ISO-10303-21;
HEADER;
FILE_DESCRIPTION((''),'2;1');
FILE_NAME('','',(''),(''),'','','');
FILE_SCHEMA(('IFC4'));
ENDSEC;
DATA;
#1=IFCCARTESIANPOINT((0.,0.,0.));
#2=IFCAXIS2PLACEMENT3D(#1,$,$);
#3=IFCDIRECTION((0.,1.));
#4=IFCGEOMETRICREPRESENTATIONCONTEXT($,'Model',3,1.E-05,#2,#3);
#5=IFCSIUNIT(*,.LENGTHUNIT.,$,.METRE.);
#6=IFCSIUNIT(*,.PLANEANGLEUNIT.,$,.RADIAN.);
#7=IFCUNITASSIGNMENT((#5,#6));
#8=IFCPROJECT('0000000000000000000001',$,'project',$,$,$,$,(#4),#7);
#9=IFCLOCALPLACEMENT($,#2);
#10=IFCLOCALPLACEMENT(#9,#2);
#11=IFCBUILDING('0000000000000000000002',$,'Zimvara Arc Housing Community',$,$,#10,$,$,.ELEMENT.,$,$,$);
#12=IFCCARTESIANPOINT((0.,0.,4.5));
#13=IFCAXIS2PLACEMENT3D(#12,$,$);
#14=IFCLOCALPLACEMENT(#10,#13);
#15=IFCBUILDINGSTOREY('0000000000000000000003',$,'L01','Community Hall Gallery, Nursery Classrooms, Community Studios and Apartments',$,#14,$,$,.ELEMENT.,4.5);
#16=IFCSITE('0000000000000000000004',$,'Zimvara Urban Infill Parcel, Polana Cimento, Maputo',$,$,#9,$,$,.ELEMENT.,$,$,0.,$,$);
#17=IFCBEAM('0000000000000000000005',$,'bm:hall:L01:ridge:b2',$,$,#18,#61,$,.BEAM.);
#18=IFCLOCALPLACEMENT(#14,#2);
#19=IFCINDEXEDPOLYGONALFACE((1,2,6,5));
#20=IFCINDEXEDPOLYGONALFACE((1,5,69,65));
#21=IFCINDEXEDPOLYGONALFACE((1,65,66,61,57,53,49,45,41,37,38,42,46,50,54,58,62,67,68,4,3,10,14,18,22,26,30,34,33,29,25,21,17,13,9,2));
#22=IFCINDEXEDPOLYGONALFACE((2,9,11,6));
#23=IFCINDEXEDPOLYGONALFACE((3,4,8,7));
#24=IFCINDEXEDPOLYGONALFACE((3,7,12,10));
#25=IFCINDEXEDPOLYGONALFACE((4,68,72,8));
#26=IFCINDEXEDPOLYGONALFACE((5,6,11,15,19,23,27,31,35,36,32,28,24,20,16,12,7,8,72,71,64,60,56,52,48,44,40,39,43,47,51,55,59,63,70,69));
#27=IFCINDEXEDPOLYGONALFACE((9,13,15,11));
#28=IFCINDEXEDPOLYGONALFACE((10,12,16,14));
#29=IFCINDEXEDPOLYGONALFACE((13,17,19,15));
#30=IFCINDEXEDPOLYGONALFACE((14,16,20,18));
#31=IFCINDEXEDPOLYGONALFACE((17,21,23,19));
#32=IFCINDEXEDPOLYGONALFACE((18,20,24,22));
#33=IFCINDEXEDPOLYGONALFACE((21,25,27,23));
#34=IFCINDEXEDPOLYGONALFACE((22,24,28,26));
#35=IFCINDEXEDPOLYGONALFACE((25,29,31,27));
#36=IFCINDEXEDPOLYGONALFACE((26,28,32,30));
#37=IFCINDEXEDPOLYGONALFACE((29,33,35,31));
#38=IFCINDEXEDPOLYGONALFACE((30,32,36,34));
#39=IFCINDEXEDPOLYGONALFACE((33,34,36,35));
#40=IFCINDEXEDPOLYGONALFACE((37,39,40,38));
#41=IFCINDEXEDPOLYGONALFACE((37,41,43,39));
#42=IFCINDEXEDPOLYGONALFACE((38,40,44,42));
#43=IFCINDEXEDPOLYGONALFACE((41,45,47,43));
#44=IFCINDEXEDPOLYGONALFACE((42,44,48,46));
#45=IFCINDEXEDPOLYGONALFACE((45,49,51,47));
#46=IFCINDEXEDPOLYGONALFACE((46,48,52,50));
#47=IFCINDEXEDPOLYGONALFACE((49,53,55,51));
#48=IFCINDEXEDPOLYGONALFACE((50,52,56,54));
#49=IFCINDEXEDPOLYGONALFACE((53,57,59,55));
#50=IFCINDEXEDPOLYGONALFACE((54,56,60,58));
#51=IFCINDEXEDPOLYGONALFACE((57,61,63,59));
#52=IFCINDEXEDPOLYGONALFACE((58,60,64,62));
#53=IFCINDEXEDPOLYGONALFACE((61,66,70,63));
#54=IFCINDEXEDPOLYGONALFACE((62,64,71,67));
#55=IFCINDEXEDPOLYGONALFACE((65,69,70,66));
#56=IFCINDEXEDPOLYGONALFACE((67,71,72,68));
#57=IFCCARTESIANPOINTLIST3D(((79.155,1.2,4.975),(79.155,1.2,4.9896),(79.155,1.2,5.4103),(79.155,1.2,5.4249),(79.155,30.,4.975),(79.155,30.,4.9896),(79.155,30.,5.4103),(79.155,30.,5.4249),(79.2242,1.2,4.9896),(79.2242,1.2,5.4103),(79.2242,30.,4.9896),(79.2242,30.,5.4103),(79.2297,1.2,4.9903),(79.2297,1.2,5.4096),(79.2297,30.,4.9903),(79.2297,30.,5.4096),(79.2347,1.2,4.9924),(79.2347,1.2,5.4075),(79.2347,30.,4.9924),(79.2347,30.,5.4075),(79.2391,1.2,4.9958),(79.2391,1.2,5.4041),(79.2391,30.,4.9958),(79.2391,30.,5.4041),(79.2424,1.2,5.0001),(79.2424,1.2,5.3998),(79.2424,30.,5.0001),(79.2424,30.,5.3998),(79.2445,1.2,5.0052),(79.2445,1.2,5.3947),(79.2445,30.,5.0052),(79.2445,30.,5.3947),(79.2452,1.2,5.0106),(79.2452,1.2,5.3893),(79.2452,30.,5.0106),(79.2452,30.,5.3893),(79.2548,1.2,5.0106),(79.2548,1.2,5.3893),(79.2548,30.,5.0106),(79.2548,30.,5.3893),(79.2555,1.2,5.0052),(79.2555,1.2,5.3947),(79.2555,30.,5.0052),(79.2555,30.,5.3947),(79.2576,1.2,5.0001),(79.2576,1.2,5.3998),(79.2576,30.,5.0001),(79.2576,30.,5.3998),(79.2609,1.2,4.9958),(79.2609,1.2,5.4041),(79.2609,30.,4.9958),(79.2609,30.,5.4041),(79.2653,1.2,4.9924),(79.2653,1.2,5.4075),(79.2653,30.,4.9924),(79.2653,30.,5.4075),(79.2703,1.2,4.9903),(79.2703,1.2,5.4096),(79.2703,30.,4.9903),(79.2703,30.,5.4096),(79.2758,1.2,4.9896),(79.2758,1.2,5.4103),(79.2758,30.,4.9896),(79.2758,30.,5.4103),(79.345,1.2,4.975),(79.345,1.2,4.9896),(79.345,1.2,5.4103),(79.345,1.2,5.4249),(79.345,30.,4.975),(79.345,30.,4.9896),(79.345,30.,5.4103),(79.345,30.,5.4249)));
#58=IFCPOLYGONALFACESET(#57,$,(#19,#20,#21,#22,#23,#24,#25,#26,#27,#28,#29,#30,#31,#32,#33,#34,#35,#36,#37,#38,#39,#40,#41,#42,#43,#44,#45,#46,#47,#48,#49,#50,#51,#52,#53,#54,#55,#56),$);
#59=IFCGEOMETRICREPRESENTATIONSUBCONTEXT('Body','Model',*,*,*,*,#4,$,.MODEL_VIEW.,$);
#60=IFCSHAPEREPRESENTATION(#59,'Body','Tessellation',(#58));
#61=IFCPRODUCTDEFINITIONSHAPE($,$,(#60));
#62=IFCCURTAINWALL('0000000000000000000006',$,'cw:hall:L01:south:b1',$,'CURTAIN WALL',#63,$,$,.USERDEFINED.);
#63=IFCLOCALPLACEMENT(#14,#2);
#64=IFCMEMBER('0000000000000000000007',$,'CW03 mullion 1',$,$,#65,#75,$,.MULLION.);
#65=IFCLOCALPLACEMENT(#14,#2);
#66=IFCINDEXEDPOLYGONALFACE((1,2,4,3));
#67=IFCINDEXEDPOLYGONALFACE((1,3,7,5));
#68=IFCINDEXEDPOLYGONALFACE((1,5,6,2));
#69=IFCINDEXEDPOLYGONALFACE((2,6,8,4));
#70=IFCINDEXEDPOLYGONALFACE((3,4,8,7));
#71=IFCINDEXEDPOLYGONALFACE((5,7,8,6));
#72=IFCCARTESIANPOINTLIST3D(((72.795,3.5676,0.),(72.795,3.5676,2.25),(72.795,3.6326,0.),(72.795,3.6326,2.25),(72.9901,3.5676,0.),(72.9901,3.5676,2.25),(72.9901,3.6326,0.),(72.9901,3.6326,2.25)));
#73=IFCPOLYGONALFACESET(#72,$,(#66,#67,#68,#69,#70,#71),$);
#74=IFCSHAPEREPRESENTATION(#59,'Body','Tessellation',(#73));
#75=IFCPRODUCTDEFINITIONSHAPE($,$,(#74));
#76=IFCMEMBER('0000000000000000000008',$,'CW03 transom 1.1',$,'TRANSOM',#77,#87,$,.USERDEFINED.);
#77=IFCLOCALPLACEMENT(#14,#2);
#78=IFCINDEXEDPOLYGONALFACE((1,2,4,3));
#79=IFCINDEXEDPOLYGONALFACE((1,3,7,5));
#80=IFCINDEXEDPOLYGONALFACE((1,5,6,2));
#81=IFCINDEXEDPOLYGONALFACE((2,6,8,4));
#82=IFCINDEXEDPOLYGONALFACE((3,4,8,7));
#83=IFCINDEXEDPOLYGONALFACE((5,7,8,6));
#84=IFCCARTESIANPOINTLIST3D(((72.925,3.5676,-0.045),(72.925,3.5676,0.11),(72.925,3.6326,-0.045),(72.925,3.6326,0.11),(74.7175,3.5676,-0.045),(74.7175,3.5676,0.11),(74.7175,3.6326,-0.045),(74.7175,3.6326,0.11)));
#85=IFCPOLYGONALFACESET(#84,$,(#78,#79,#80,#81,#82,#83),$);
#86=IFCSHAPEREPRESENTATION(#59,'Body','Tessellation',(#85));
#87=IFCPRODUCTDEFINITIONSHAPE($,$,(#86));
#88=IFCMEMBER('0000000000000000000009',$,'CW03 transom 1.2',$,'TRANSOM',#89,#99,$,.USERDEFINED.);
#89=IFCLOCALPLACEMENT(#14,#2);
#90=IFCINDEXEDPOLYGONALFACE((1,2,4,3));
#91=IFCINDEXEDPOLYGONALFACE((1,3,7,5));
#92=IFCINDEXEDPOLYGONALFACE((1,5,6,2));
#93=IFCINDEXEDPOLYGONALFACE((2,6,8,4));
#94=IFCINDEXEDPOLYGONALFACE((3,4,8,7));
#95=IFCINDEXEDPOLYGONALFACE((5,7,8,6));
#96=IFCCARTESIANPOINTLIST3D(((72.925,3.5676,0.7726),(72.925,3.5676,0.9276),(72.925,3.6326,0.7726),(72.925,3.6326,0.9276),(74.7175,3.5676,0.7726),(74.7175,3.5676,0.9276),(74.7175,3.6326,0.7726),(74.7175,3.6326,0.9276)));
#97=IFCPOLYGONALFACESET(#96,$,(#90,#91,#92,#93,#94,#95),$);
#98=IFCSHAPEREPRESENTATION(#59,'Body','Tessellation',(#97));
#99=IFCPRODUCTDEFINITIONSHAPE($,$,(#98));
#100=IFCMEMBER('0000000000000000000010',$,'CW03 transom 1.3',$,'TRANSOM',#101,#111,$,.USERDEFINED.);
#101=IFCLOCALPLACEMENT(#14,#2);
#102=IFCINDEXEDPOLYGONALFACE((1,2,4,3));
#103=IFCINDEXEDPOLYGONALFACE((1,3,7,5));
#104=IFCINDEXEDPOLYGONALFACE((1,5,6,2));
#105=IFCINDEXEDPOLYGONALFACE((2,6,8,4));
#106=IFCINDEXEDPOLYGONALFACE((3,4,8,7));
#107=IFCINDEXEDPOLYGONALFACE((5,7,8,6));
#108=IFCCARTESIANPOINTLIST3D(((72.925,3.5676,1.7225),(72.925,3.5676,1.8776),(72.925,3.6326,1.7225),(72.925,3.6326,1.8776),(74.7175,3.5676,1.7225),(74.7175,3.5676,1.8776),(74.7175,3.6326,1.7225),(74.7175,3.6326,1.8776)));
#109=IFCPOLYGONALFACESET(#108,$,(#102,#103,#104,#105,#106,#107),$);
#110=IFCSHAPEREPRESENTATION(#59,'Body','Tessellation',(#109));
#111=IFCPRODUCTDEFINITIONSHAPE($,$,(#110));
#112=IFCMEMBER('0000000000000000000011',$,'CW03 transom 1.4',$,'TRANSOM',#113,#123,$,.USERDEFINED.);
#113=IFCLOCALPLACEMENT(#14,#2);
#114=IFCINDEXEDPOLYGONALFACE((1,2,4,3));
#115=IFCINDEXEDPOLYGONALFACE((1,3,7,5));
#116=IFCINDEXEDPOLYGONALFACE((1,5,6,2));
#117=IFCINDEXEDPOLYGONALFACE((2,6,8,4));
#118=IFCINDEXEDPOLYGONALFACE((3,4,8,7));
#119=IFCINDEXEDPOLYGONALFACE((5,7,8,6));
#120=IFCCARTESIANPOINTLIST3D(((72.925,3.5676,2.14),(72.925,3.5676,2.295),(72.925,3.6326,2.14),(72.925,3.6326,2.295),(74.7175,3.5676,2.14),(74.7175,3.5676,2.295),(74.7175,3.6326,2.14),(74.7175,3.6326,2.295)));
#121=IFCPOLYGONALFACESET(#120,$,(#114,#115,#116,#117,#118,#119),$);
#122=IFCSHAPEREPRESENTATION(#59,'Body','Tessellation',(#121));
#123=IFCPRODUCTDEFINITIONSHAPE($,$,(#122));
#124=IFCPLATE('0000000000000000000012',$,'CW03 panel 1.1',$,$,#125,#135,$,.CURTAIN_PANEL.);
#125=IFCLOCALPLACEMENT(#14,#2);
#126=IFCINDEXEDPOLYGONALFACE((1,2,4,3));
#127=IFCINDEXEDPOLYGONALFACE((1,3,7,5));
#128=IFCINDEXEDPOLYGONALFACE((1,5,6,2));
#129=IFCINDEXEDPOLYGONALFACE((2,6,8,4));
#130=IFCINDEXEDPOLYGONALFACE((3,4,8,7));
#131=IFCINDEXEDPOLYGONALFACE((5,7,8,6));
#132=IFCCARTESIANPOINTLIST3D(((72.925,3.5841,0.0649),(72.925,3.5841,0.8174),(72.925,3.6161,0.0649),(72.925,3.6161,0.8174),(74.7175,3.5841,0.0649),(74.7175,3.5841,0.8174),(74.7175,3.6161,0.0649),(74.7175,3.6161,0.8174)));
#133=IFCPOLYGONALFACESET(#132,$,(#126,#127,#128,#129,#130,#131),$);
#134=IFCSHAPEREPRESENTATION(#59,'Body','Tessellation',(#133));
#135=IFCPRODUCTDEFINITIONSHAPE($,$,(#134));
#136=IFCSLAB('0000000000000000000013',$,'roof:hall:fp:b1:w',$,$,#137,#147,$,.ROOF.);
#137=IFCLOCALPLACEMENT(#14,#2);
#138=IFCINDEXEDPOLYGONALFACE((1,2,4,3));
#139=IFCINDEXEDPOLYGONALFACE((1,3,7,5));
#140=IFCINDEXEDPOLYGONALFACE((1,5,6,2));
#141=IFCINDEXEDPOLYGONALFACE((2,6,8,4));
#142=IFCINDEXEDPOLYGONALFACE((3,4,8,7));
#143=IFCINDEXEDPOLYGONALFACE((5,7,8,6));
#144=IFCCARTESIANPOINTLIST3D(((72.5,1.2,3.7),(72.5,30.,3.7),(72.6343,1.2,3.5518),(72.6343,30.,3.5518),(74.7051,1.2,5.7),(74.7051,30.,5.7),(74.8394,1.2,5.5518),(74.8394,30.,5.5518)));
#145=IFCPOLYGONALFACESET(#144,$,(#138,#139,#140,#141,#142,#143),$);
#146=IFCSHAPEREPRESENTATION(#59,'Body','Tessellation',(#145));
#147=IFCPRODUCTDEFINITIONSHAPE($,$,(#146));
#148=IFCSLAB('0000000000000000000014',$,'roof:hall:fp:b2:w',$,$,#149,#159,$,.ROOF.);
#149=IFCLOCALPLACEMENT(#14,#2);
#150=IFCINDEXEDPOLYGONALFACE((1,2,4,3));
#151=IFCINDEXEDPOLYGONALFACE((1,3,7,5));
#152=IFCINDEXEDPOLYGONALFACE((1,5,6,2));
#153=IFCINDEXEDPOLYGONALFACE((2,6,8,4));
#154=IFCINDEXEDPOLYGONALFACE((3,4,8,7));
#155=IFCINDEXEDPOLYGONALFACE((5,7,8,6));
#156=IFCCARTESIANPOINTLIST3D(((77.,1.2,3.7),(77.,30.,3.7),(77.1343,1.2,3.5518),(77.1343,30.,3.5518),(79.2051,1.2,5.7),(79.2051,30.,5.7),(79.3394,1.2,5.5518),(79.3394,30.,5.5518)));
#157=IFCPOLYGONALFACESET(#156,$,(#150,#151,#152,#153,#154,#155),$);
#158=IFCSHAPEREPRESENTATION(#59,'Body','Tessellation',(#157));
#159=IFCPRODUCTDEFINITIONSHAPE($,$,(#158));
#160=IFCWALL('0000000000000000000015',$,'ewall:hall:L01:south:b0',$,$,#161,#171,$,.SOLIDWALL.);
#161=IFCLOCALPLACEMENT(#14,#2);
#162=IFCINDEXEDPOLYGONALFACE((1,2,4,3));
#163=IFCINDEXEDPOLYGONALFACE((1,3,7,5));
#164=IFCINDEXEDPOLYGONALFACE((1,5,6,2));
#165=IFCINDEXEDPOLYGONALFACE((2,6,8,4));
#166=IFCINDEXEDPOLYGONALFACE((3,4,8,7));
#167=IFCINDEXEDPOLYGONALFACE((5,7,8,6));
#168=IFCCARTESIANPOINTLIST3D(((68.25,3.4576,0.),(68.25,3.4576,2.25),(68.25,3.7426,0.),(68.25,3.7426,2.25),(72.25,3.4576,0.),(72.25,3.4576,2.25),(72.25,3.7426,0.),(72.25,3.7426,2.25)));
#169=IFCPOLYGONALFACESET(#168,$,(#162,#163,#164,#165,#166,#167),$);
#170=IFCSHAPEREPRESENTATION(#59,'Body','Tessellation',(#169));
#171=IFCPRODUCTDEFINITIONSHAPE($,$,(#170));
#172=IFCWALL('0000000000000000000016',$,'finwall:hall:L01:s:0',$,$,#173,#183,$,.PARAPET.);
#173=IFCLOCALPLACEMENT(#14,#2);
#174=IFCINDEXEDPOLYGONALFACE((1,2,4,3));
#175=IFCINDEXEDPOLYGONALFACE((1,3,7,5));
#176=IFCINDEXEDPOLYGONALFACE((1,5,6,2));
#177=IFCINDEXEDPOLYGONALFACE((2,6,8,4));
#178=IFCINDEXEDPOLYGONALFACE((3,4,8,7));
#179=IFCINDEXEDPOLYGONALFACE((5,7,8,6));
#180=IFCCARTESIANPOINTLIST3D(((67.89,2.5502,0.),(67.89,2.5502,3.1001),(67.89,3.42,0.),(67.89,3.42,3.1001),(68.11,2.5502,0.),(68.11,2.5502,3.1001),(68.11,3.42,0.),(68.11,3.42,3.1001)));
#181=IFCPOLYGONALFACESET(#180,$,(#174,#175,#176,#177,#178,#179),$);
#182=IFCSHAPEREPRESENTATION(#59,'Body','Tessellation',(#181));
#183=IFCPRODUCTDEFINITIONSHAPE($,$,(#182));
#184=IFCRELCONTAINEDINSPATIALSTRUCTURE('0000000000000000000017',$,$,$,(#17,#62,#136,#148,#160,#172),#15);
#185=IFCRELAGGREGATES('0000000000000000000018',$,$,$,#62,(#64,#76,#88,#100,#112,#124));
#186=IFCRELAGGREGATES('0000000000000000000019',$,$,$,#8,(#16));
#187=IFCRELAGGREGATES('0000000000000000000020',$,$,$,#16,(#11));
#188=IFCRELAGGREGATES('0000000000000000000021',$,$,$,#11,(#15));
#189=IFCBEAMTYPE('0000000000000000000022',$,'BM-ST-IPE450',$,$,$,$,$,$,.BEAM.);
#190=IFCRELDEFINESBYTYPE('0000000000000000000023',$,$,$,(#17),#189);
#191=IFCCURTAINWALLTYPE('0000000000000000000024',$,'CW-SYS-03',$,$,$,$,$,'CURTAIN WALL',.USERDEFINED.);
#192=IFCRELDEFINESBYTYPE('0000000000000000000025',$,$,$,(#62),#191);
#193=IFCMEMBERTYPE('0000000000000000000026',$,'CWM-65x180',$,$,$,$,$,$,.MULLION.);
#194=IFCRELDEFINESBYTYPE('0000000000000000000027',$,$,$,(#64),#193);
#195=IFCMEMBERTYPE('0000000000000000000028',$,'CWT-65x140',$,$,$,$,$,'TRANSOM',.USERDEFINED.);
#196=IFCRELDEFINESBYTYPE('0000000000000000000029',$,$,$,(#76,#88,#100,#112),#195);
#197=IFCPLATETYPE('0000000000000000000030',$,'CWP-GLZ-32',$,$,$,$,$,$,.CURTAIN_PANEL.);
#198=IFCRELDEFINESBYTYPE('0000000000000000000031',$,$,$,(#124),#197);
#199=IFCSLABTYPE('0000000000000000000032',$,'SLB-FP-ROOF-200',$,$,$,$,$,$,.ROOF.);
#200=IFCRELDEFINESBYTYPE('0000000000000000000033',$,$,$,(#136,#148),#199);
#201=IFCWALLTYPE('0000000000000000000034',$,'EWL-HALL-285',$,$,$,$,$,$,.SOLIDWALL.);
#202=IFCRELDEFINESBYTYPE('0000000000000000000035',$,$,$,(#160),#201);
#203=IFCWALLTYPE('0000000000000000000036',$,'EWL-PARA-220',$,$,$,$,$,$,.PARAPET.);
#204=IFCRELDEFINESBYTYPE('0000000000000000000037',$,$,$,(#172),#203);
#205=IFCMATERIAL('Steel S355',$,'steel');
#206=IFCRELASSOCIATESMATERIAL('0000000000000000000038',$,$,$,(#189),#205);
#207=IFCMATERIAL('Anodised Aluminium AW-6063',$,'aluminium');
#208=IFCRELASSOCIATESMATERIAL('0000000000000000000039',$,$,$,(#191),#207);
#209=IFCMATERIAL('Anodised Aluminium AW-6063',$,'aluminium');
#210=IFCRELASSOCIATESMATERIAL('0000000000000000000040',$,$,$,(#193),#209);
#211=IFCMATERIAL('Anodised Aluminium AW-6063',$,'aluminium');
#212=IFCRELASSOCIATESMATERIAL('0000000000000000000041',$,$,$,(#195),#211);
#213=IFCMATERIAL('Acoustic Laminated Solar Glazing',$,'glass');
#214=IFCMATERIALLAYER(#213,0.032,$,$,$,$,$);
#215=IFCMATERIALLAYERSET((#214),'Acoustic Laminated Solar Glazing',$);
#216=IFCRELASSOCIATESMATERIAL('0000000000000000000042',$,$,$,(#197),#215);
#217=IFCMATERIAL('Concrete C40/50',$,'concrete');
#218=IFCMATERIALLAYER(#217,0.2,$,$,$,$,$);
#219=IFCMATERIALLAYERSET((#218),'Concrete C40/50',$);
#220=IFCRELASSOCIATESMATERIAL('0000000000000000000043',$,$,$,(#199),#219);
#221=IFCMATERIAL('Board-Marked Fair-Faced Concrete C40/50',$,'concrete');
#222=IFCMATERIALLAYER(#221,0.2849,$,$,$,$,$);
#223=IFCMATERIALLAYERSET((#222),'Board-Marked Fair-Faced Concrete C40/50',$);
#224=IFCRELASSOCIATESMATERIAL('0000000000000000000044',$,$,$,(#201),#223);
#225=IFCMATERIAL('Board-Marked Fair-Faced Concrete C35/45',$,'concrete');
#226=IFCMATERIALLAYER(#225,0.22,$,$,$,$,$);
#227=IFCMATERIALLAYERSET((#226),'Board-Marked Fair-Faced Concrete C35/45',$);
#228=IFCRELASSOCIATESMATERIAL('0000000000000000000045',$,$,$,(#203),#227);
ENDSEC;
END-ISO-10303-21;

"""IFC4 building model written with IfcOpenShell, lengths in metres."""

from ifc_helpers import new_model, si_unit, direction, frame, frame_2d, origin, origin_2d, place, context, subcontext, project, spatial, polyline, rectangle, i_section, outline, extrude, material, layer, layer_set, material_profile, profile_set, type_object, element, aggregate, save


model = new_model("IFC4")

# Units and contexts
model_context = context("Model", 3, precision=1e-05, world=origin(), true_north=direction((0.0, 1.0)))
body_context = subcontext(model_context, "Body", "Model", "MODEL_VIEW")
ifc_project = project(units=[si_unit("LENGTHUNIT", "METRE"), si_unit("PLANEANGLEUNIT", "RADIAN")], contexts=[model_context])

# Site, building, storey
site_placement = place(None, origin())
site = spatial("IfcSite", under=ifc_project, at=site_placement, Name="Zimvara Urban Infill Parcel, Polana Cimento, Maputo", CompositionType="ELEMENT", RefElevation=0.0)
building_placement = place(site_placement, origin())
building = spatial("IfcBuilding", under=site, at=building_placement, Name="Zimvara Arc Housing Community", CompositionType="ELEMENT")
storey_placement = place(building_placement, frame((0.0, 0.0, 4.5)))
storey = spatial("IfcBuildingStorey", under=building, at=storey_placement, Name="L01", Description="Community Hall Gallery, Nursery Classrooms, Community Studios and Apartments", CompositionType="ELEMENT", Elevation=4.5)

# Beam
ifc_material_1 = material(Name="Steel S355", Category="steel")
ifc_material_profile_1 = material_profile(ifc_material_1, i_section(OverallWidth=0.1899, OverallDepth=0.45, WebThickness=0.0095, FlangeThickness=0.0146, FilletRadius=0.021, at=origin_2d()), Name="IPE 450")
ifc_profile_set_1 = profile_set([ifc_material_profile_1], Name="Steel S355")
beam_type_1 = type_object("IfcBeamType", Name="BM-ST-IPE450", PredefinedType="BEAM", material=ifc_profile_set_1)
for number, where, z_axis, x_axis, name in (
    (1, (79.25, 1.2, 5.2), (0.0, 1.0, 0.0), (-1.0, 0.0, 0.0), "bm:hall:L01:ridge:b2"),
):
    element("IfcBeam", number, at=place(storey_placement, frame(where, z_axis=z_axis, x_axis=x_axis)), inside=storey, type_object=beam_type_1, Name=name, PredefinedType="BEAM", context=body_context, shape_type="SweptSolid", body=[
        extrude(i_section(OverallWidth=0.1899, OverallDepth=0.45, WebThickness=0.0095, FlangeThickness=0.0146, FilletRadius=0.021, at=origin_2d()), origin(), (0.0, 0.0, 1.0), 28.8),
    ])

# Curtain wall, members, plate
ifc_material_2 = material(Name="Anodised Aluminium AW-6063", Category="aluminium")
curtain_wall_type = type_object("IfcCurtainWallType", Name="CW-SYS-03", ElementType="CURTAIN WALL", PredefinedType="USERDEFINED", material=ifc_material_2)
curtain_wall_placement = place(storey_placement, origin())
curtain_wall = element("IfcCurtainWall", 2, at=curtain_wall_placement, inside=storey, type_object=curtain_wall_type, Name="cw:hall:L01:south:b1", ObjectType="CURTAIN WALL", PredefinedType="USERDEFINED")
ifc_material_3 = material(Name="Anodised Aluminium AW-6063", Category="aluminium")
ifc_material_profile_2 = material_profile(ifc_material_3, rectangle(XDim=0.0649, YDim=0.1951, at=origin_2d()), Name="ALU 65x195")
ifc_profile_set_2 = profile_set([ifc_material_profile_2], Name="Anodised Aluminium AW-6063")
member_type_1 = type_object("IfcMemberType", Name="CWM-65x180", PredefinedType="MULLION", material=ifc_profile_set_2)
member_1_placement = place(storey_placement, frame((72.8926, 3.6001, 0.0), z_axis=(0.0, 0.0, 1.0), x_axis=(0.0, 1.0, 0.0)))
member_1 = element("IfcMember", 3, at=member_1_placement, type_object=member_type_1, Name="CW03 mullion 1", PredefinedType="MULLION", context=body_context, shape_type="SweptSolid", body=[
    extrude(rectangle(XDim=0.0649, YDim=0.1951, at=origin_2d()), origin(), (0.0, 0.0, 1.0), 2.25),
])
ifc_material_4 = material(Name="Anodised Aluminium AW-6063", Category="aluminium")
ifc_material_profile_3 = material_profile(ifc_material_4, rectangle(XDim=0.0649, YDim=0.155, at=origin_2d()), Name="ALU 65x155")
ifc_profile_set_3 = profile_set([ifc_material_profile_3], Name="Anodised Aluminium AW-6063")
member_type_2 = type_object("IfcMemberType", Name="CWT-65x140", ElementType="TRANSOM", PredefinedType="USERDEFINED", material=ifc_profile_set_3)
member_2_placement = place(storey_placement, frame((72.925, 3.6001, 0.0325), z_axis=(1.0, 0.0, 0.0), x_axis=(0.0, 1.0, 0.0)))
member_2 = element("IfcMember", 4, at=member_2_placement, type_object=member_type_2, Name="CW03 transom 1.1", ObjectType="TRANSOM", PredefinedType="USERDEFINED", context=body_context, shape_type="SweptSolid", body=[
    extrude(rectangle(XDim=0.0649, YDim=0.155, at=origin_2d()), origin(), (0.0, 0.0, 1.0), 1.7925),
])
member_3_placement = place(storey_placement, frame((72.925, 3.6001, 0.8501), z_axis=(1.0, 0.0, 0.0), x_axis=(0.0, 1.0, 0.0)))
member_3 = element("IfcMember", 5, at=member_3_placement, type_object=member_type_2, Name="CW03 transom 1.2", ObjectType="TRANSOM", PredefinedType="USERDEFINED", context=body_context, shape_type="SweptSolid", body=[
    extrude(rectangle(XDim=0.0649, YDim=0.155, at=origin_2d()), origin(), (0.0, 0.0, 1.0), 1.7925),
])
member_4_placement = place(storey_placement, frame((72.925, 3.6001, 1.8), z_axis=(1.0, 0.0, 0.0), x_axis=(0.0, 1.0, 0.0)))
member_4 = element("IfcMember", 6, at=member_4_placement, type_object=member_type_2, Name="CW03 transom 1.3", ObjectType="TRANSOM", PredefinedType="USERDEFINED", context=body_context, shape_type="SweptSolid", body=[
    extrude(rectangle(XDim=0.0649, YDim=0.155, at=origin_2d()), origin(), (0.0, 0.0, 1.0), 1.7925),
])
member_5_placement = place(storey_placement, frame((72.925, 3.6001, 2.2175), z_axis=(1.0, 0.0, 0.0), x_axis=(0.0, 1.0, 0.0)))
member_5 = element("IfcMember", 7, at=member_5_placement, type_object=member_type_2, Name="CW03 transom 1.4", ObjectType="TRANSOM", PredefinedType="USERDEFINED", context=body_context, shape_type="SweptSolid", body=[
    extrude(rectangle(XDim=0.0649, YDim=0.155, at=origin_2d()), origin(), (0.0, 0.0, 1.0), 1.7925),
])
ifc_material_5 = material(Name="Acoustic Laminated Solar Glazing", Category="glass")
ifc_layer_1 = layer(ifc_material_5, 0.032)
ifc_layer_set_1 = layer_set([ifc_layer_1], Name="Acoustic Laminated Solar Glazing")
plate_type = type_object("IfcPlateType", Name="CWP-GLZ-32", PredefinedType="CURTAIN_PANEL", material=ifc_layer_set_1)
plate_placement = place(storey_placement, frame((73.8213, 3.6001, 0.0649), z_axis=(0.0, 0.0, 1.0), x_axis=(1.0, 0.0, 0.0)))
plate = element("IfcPlate", 8, at=plate_placement, type_object=plate_type, Name="CW03 panel 1.1", PredefinedType="CURTAIN_PANEL", context=body_context, shape_type="SweptSolid", body=[
    extrude(rectangle(XDim=1.7925, YDim=0.032, at=origin_2d()), origin(), (0.0, 0.0, 1.0), 0.7524),
])
aggregate(curtain_wall, [member_1, member_2, member_3, member_4, member_5, plate])

# Slabs
ifc_material_6 = material(Name="Concrete C40/50", Category="concrete")
ifc_layer_2 = layer(ifc_material_6, 0.2)
ifc_layer_set_2 = layer_set([ifc_layer_2], Name="Concrete C40/50")
slab_type = type_object("IfcSlabType", Name="SLB-FP-ROOF-200", PredefinedType="ROOF", material=ifc_layer_set_2)
for number, where, z_axis, x_axis, name in (
    (9, (72.5, 1.2, 3.7), (-0.671823, 0.0, 0.740711), (0.740711, 0.0, 0.671823), "roof:hall:fp:b1:w"),
    (10, (77.0, 1.2, 3.7), (-0.671823, 0.0, 0.740711), (0.740711, 0.0, 0.671823), "roof:hall:fp:b2:w"),
):
    element("IfcSlab", number, at=place(storey_placement, frame(where, z_axis=z_axis, x_axis=x_axis)), inside=storey, type_object=slab_type, Name=name, PredefinedType="ROOF", context=body_context, shape_type="SweptSolid", body=[
        extrude(outline(polyline([(0.0, 0.0), (2.977, 0.0), (2.977, 28.8), (0.0, 28.8), (0.0, 0.0)])), origin(), (0.0, 0.0, -1.0), 0.2),
    ])

# Walls
ifc_material_7 = material(Name="Board-Marked Fair-Faced Concrete C40/50", Category="concrete")
ifc_layer_3 = layer(ifc_material_7, 0.2849)
ifc_layer_set_3 = layer_set([ifc_layer_3], Name="Board-Marked Fair-Faced Concrete C40/50")
wall_type_1 = type_object("IfcWallType", Name="EWL-HALL-285", PredefinedType="SOLIDWALL", material=ifc_layer_set_3)
wall_placement = place(storey_placement, frame((68.25, 3.6001, 0.0), z_axis=(0.0, 0.0, 1.0), x_axis=(1.0, 0.0, 0.0)))
element("IfcWall", 11, at=wall_placement, inside=storey, type_object=wall_type_1, Name="ewall:hall:L01:south:b0", PredefinedType="SOLIDWALL", context=body_context, shape_type="SweptSolid", body=[
    extrude(rectangle(XDim=4.0, YDim=0.2849, at=frame_2d((2.0, 0.0))), origin(), (0.0, 0.0, 1.0), 2.25),
])
ifc_material_8 = material(Name="Board-Marked Fair-Faced Concrete C35/45", Category="concrete")
ifc_layer_4 = layer(ifc_material_8, 0.22)
ifc_layer_set_4 = layer_set([ifc_layer_4], Name="Board-Marked Fair-Faced Concrete C35/45")
wall_type_2 = type_object("IfcWallType", Name="EWL-PARA-220", PredefinedType="PARAPET", material=ifc_layer_set_4)
for number, where, z_axis, x_axis, name in (
    (12, (68.0, 2.55, 0.0), (0.0, 0.0, 1.0), (0.0, 1.0, 0.0), "finwall:hall:L01:s:0"),
):
    element("IfcWall", number, at=place(storey_placement, frame(where, z_axis=z_axis, x_axis=x_axis)), inside=storey, type_object=wall_type_2, Name=name, PredefinedType="PARAPET", context=body_context, shape_type="SweptSolid", body=[
        extrude(rectangle(XDim=0.8699, YDim=0.22, at=frame_2d((0.4351, 0.0))), origin(), (0.0, 0.0, 1.0), 3.1001),
    ])

save(model, "model.ifc")
